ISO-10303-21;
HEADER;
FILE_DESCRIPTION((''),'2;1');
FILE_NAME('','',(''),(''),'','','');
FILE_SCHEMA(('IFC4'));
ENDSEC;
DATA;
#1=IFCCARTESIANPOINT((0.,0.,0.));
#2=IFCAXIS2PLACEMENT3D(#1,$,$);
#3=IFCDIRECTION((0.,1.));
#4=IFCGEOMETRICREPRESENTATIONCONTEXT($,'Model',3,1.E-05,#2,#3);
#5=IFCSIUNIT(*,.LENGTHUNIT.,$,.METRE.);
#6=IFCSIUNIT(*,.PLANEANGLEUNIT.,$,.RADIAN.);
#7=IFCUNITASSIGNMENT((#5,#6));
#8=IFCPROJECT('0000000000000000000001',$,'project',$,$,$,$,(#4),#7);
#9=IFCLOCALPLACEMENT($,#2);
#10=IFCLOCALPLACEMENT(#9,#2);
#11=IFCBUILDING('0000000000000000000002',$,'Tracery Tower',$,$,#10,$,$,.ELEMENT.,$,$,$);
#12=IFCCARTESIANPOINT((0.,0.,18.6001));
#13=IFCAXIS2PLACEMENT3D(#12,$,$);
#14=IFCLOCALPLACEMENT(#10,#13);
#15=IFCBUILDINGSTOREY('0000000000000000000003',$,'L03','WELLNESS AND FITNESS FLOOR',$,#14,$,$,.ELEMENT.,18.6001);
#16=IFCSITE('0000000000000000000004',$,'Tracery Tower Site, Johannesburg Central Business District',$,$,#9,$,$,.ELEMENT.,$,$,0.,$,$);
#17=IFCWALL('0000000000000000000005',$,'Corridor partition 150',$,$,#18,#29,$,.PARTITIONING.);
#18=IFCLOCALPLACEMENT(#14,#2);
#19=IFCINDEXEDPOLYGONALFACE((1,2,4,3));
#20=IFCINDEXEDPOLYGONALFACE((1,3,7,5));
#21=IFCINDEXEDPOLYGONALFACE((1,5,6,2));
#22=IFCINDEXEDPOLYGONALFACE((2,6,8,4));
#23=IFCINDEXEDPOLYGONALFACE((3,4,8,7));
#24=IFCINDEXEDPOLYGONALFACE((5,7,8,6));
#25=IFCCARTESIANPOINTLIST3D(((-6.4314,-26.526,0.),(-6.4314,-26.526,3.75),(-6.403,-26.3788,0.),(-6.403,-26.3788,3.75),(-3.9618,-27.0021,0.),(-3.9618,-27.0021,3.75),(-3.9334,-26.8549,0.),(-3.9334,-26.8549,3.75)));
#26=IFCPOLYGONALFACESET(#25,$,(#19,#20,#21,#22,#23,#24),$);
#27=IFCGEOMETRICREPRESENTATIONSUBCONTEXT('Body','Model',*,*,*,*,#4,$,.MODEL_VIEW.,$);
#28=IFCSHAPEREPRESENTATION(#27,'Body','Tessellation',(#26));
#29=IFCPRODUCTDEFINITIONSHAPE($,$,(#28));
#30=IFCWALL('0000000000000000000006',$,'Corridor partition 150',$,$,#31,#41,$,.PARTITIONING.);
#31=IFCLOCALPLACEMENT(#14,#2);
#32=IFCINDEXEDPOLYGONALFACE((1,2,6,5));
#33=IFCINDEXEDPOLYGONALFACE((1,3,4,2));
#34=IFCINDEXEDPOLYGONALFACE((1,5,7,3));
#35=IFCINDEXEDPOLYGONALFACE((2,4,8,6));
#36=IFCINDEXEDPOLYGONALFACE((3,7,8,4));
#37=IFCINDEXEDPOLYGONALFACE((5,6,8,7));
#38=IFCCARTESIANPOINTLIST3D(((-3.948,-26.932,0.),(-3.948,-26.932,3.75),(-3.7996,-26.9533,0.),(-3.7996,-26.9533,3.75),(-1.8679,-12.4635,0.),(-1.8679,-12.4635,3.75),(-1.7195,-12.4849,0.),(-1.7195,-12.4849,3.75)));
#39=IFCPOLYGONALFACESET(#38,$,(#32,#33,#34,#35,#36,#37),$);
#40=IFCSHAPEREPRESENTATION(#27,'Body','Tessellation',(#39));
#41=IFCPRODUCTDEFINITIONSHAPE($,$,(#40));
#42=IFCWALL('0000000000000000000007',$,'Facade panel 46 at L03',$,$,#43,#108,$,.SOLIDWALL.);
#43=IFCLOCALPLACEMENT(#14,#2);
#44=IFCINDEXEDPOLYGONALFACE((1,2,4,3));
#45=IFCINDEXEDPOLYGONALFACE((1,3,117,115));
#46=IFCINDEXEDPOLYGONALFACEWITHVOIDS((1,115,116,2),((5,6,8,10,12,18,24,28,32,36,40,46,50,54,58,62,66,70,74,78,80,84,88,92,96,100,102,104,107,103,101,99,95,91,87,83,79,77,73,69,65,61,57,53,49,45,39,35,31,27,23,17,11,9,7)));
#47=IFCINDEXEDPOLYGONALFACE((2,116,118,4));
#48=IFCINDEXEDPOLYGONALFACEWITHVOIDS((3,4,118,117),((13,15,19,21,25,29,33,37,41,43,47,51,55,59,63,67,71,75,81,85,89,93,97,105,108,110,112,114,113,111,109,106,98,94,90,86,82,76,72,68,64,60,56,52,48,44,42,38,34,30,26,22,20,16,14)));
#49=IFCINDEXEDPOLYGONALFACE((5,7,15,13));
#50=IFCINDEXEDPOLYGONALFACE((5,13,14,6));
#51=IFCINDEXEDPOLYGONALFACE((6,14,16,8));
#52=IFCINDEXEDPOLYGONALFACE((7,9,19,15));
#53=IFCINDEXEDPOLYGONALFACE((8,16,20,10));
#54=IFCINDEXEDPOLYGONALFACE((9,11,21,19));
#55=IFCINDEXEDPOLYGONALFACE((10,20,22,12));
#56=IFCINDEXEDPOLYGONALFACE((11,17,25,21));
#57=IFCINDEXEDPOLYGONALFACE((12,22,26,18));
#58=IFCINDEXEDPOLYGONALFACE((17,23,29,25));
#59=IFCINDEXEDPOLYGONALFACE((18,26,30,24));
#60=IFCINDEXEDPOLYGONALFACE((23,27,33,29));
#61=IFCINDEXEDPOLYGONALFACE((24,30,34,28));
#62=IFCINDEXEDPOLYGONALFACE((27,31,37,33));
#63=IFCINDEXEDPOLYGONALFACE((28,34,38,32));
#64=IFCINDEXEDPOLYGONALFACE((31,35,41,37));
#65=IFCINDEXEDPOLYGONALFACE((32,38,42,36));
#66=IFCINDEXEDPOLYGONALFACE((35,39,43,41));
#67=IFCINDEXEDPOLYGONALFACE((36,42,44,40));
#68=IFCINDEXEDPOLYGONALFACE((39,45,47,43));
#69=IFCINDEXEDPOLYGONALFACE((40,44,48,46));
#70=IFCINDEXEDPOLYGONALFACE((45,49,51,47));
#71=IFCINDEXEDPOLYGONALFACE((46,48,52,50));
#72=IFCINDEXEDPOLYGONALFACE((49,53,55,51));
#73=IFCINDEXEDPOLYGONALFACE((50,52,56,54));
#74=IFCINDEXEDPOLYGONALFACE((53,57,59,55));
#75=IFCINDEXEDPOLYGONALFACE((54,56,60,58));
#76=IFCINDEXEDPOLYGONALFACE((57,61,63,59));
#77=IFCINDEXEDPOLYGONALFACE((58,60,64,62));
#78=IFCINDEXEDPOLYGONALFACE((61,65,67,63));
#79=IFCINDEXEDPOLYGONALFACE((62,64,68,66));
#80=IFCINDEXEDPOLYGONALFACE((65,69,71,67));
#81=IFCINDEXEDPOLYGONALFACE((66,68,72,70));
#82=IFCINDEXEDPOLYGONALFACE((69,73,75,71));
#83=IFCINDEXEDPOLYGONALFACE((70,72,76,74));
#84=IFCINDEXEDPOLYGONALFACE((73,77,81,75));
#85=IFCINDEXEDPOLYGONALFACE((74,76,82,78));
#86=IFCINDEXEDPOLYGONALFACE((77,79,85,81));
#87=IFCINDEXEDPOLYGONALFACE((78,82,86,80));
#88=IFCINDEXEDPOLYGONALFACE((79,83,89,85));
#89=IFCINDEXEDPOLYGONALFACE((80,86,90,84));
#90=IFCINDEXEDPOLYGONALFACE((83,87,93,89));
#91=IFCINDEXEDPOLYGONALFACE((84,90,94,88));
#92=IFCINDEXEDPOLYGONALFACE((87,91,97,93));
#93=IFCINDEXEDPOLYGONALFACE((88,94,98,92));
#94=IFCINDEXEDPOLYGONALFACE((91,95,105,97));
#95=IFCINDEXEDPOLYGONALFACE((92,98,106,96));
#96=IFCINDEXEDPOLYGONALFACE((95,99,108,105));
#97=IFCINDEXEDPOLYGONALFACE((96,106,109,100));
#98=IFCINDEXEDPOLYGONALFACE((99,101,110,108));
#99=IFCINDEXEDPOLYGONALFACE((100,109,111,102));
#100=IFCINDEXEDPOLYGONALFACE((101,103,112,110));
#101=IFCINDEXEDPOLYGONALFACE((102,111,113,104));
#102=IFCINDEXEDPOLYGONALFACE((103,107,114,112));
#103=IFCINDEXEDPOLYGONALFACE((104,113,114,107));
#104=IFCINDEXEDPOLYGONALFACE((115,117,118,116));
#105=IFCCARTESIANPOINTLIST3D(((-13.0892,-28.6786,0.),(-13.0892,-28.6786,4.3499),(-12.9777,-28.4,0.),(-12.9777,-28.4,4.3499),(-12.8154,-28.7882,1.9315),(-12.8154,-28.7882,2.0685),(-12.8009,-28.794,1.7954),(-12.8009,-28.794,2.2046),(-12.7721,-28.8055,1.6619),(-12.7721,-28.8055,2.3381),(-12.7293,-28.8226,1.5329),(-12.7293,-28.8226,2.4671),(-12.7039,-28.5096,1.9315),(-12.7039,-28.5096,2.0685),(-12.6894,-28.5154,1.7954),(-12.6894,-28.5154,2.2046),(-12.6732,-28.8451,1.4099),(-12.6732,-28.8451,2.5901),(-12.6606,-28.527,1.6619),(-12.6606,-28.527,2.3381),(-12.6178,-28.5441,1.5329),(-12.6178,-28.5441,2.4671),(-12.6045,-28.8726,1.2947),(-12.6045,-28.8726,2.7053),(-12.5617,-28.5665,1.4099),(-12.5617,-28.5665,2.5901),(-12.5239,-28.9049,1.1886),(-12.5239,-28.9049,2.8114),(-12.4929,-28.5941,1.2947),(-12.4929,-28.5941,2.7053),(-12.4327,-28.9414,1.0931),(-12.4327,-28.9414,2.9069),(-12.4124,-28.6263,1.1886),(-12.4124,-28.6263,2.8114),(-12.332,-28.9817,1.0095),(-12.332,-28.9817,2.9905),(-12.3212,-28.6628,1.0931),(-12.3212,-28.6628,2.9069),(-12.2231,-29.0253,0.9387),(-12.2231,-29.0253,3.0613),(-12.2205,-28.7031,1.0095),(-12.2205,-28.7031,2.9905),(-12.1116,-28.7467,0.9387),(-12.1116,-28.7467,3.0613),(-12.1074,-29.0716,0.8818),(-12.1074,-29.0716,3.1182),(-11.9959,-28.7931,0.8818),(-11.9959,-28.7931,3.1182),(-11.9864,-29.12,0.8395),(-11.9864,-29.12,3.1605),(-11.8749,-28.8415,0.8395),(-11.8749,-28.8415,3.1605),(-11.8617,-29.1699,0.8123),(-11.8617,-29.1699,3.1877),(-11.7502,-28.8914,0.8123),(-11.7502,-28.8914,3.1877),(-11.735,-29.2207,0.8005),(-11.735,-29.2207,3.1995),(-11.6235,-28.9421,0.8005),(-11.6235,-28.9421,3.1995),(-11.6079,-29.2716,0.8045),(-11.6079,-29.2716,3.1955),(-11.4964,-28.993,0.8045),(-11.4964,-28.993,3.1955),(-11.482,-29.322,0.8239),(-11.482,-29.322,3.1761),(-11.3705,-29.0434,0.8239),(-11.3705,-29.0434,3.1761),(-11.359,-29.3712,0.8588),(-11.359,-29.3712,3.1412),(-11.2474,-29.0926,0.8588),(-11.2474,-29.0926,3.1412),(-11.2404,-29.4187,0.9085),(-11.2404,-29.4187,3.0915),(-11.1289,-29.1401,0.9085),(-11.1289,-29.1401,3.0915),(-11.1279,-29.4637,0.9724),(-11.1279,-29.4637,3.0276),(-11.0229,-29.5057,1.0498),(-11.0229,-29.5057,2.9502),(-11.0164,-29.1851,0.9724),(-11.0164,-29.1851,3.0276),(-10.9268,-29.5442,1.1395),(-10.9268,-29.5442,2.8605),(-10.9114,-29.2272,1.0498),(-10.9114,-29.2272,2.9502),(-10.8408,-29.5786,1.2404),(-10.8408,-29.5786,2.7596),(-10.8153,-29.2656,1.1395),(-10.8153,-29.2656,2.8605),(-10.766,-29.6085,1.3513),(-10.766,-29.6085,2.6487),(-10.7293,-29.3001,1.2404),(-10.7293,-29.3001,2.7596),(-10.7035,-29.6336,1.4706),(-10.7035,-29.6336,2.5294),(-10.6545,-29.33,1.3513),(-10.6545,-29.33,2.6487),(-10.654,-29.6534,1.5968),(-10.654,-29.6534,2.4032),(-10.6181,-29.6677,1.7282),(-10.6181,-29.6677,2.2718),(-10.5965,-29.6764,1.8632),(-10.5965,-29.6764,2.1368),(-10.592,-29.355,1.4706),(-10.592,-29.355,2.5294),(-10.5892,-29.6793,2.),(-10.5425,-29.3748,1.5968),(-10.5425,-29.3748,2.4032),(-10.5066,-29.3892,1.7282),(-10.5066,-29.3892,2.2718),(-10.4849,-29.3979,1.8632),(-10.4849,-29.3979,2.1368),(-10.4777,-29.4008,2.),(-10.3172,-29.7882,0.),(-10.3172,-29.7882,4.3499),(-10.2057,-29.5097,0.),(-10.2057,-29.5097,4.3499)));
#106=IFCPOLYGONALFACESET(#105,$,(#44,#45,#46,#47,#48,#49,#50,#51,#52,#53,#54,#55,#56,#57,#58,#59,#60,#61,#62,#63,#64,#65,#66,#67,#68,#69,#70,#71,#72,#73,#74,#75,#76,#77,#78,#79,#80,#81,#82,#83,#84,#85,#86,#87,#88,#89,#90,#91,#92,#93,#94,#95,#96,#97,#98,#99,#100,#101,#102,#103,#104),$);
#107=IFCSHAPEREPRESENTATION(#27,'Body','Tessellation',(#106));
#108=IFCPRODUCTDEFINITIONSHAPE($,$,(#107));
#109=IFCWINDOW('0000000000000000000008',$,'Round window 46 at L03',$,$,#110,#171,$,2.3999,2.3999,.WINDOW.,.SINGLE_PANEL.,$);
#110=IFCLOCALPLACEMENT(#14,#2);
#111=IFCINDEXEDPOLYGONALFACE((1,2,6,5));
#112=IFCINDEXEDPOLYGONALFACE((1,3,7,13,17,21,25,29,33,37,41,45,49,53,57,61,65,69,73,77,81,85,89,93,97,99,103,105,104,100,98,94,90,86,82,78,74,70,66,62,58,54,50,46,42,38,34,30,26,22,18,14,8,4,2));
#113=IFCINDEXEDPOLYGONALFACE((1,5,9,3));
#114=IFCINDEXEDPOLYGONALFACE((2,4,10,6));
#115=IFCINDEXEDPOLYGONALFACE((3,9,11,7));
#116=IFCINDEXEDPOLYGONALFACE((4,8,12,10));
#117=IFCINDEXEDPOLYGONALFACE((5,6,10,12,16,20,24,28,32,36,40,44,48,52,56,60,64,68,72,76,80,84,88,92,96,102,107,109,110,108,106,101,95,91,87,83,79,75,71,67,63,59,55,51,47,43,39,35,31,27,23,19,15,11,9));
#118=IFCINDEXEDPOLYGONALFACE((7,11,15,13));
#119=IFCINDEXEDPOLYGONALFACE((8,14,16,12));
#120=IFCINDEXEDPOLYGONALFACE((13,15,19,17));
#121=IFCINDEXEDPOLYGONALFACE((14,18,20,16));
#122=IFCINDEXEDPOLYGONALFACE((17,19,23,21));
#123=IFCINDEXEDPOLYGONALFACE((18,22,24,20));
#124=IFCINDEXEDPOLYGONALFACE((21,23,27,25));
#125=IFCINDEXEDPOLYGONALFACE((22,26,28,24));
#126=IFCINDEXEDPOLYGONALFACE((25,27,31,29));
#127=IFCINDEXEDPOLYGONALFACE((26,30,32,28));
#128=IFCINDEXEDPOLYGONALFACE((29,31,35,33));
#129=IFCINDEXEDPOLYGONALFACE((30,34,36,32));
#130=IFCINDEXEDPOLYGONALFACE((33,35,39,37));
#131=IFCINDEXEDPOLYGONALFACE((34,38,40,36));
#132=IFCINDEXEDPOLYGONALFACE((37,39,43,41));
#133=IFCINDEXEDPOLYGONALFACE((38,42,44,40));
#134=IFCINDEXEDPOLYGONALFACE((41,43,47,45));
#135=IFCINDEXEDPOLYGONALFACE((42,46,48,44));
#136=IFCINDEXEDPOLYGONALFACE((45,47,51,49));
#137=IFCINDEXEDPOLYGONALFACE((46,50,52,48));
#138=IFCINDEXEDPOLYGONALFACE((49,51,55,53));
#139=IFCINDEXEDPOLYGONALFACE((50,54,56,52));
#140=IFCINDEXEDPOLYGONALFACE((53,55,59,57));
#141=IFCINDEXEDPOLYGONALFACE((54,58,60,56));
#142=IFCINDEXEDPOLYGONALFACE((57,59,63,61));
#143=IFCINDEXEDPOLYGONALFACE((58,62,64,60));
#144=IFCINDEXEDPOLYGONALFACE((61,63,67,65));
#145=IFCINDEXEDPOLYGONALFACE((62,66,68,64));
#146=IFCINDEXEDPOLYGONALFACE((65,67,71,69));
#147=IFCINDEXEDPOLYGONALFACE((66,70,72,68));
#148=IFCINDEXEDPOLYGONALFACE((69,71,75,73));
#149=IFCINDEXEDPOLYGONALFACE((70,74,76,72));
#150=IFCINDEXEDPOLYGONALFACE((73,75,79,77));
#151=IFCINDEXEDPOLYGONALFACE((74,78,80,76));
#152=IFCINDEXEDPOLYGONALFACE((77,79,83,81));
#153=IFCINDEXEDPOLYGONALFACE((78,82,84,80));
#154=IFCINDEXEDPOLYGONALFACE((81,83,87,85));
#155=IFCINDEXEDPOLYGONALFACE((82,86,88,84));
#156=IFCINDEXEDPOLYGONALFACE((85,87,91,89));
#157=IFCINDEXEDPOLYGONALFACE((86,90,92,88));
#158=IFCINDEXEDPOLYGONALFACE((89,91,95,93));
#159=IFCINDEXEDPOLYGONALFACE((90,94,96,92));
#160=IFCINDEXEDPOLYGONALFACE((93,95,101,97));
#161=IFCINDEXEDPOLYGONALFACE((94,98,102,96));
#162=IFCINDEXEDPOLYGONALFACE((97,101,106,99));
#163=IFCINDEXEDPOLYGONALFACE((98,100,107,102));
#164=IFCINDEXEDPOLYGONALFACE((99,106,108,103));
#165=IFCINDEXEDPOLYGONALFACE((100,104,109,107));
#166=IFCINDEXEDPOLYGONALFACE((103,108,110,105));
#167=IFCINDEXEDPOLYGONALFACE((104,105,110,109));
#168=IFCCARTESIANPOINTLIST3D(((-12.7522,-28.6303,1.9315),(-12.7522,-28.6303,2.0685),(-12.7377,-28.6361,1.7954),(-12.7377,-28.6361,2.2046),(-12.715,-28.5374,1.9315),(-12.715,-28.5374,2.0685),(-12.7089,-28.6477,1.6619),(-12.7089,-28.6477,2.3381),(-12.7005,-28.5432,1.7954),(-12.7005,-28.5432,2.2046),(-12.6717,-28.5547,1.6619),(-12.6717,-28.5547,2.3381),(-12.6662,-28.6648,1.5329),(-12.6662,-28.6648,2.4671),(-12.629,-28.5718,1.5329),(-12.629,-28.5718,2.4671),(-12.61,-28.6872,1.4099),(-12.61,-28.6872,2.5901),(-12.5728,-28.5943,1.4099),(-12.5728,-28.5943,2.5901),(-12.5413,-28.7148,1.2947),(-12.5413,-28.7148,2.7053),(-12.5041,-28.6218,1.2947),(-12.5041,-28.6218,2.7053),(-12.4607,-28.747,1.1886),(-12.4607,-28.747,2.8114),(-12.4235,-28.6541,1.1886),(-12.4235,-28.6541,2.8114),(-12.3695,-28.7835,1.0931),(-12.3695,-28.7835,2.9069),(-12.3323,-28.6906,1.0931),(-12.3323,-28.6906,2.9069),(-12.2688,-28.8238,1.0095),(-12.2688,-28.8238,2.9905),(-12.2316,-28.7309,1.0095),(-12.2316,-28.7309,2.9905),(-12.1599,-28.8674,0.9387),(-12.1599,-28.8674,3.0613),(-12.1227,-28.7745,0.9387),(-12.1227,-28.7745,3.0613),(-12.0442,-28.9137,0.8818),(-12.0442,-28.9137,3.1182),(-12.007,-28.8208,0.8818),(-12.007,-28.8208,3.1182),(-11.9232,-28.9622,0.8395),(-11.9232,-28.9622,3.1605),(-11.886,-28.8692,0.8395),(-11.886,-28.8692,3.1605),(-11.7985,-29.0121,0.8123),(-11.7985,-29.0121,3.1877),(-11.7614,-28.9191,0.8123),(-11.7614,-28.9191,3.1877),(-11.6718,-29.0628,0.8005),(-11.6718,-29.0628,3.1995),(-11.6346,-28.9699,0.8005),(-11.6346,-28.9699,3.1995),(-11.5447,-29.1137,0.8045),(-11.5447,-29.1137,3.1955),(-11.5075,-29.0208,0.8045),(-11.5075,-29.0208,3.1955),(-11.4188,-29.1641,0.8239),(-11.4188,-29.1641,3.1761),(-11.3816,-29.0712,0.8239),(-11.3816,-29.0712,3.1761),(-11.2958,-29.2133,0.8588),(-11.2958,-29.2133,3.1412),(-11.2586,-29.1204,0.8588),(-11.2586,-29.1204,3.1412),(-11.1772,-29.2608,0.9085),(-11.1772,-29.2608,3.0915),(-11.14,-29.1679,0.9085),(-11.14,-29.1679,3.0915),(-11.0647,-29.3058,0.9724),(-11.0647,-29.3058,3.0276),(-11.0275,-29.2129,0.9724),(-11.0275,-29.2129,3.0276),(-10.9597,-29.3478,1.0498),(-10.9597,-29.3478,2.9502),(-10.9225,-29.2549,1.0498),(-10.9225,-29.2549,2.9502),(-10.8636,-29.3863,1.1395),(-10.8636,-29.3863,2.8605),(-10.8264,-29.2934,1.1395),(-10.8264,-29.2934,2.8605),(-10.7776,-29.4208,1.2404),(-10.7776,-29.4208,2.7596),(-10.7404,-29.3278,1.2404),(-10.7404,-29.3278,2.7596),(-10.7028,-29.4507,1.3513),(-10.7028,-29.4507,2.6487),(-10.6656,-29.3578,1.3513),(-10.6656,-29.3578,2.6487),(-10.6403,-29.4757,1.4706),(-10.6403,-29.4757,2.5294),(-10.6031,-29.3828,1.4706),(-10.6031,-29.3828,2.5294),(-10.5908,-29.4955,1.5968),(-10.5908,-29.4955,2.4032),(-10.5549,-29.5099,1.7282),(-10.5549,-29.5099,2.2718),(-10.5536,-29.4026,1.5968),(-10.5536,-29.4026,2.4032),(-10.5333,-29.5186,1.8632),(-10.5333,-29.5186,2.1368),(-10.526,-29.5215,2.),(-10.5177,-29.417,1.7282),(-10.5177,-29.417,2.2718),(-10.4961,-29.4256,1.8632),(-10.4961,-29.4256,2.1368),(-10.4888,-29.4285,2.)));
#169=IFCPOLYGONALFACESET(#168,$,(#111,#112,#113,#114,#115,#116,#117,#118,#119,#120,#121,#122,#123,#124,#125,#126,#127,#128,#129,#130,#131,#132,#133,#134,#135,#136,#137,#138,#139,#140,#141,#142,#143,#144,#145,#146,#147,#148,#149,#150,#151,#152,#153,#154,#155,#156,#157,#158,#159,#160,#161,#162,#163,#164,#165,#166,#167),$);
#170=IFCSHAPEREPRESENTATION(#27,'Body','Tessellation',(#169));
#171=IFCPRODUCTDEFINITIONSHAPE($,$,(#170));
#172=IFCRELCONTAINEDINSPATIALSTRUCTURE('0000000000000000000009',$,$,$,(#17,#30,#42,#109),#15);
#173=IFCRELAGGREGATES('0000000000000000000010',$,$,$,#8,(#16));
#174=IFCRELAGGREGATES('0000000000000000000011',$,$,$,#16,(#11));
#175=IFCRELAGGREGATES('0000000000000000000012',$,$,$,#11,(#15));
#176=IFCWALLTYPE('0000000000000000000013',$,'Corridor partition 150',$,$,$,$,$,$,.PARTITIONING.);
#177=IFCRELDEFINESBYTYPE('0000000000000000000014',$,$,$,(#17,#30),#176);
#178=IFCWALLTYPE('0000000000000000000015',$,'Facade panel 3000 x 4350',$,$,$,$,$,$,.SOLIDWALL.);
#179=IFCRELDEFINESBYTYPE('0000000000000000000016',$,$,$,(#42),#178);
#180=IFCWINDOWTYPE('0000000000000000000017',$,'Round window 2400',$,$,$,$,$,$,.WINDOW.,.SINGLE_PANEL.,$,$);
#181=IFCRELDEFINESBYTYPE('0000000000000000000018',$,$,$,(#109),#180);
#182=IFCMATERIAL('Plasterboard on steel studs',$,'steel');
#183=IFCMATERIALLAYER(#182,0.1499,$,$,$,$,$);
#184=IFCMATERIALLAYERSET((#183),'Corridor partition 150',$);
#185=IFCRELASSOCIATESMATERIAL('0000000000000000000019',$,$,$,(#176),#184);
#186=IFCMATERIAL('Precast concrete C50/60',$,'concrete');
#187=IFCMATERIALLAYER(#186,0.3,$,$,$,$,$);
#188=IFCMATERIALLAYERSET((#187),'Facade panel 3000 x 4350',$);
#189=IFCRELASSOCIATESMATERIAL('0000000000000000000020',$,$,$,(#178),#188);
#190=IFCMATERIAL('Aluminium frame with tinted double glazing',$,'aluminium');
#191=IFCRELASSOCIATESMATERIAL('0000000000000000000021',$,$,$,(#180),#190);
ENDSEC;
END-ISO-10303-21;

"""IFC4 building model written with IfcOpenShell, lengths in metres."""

from ifc_helpers import new_model, si_unit, direction, frame, frame_2d, origin, origin_2d, place, context, subcontext, project, spatial, rectangle, circle, extrude, material, layer, layer_set, type_object, element, fill, save


model = new_model("IFC4")

# Units and contexts
model_context = context("Model", 3, precision=1e-05, world=origin(), true_north=direction((0.0, 1.0)))
body_context = subcontext(model_context, "Body", "Model", "MODEL_VIEW")
ifc_project = project(units=[si_unit("LENGTHUNIT", "METRE"), si_unit("PLANEANGLEUNIT", "RADIAN")], contexts=[model_context])

# Site, building, storey
site_placement = place(None, origin())
site = spatial("IfcSite", under=ifc_project, at=site_placement, Name="Tracery Tower Site, Johannesburg Central Business District", CompositionType="ELEMENT", RefElevation=0.0)
building_placement = place(site_placement, origin())
building = spatial("IfcBuilding", under=site, at=building_placement, Name="Tracery Tower", CompositionType="ELEMENT")
storey_placement = place(building_placement, frame((0.0, 0.0, 18.6001)))
storey = spatial("IfcBuildingStorey", under=building, at=storey_placement, Name="L03", Description="WELLNESS AND FITNESS FLOOR", CompositionType="ELEMENT", Elevation=18.6001)

# Shared definitions
ifc_material_1 = material(Name="Plasterboard on steel studs", Category="steel")
ifc_layer_1 = layer(ifc_material_1, 0.1499)
ifc_layer_set_1 = layer_set([ifc_layer_1], Name="Corridor partition 150")
wall_type_1 = type_object("IfcWallType", Name="Corridor partition 150", PredefinedType="PARTITIONING", material=ifc_layer_set_1)

# Walls
wall_1_placement = place(storey_placement, frame((-6.4172, -26.4524, 0.0), z_axis=(0.0, 0.0, 1.0), x_axis=(0.981923, -0.189279, 0.0)))
element("IfcWall", 1, at=wall_1_placement, inside=storey, type_object=wall_type_1, Name="Corridor partition 150", PredefinedType="PARTITIONING", context=body_context, shape_type="SweptSolid", body=[
    extrude(rectangle(XDim=2.5151, YDim=0.1499, at=frame_2d((1.2576, 0.0))), origin(), (0.0, 0.0, 1.0), 3.75),
])
wall_2_placement = place(storey_placement, frame((-3.8738, -26.9426, 0.0), z_axis=(0.0, 0.0, 1.0), x_axis=(0.142303, 0.989823, 0.0)))
element("IfcWall", 2, at=wall_2_placement, inside=storey, type_object=wall_type_1, Name="Corridor partition 150", PredefinedType="PARTITIONING", context=body_context, shape_type="SweptSolid", body=[
    extrude(rectangle(XDim=14.6172, YDim=0.1499, at=frame_2d((7.3086, 0.0))), origin(), (0.0, 0.0, 1.0), 3.75),
])

# Wall, opening, window
ifc_material_2 = material(Name="Precast concrete C50/60", Category="concrete")
ifc_layer_2 = layer(ifc_material_2, 0.3)
ifc_layer_set_2 = layer_set([ifc_layer_2], Name="Facade panel 3000 x 4350")
wall_type_2 = type_object("IfcWallType", Name="Facade panel 3000 x 4350", PredefinedType="SOLIDWALL", material=ifc_layer_set_2)
wall_3_placement = place(storey_placement, frame((-13.0334, -28.5393, 0.0), z_axis=(0.0, 0.0, 1.0), x_axis=(0.928381, -0.37163, 0.0)))
wall_3 = element("IfcWall", 3, at=wall_3_placement, inside=storey, type_object=wall_type_2, Name="Facade panel 46 at L03", PredefinedType="SOLIDWALL", context=body_context, shape_type="SweptSolid", body=[
    extrude(rectangle(XDim=2.9858, YDim=0.3, at=frame_2d((1.4929, 0.0))), origin(), (0.0, 0.0, 1.0), 4.3499),
])
opening_1_placement = place(wall_3_placement, frame((1.4929, 0.0, 2.0)))
opening_1 = element("IfcOpeningElement", 4, at=opening_1_placement, cuts=wall_3, PredefinedType="OPENING", context=body_context, shape_type="SweptSolid", body=[
    extrude(circle(Radius=1.2, at=origin_2d()), frame((0.0, 0.1599, 0.0), z_axis=(0.0, -1.0, 0.0), x_axis=(1.0, 0.0, 0.0)), (0.0, 0.0, 1.0), 0.3201),
])
ifc_material_3 = material(Name="Aluminium frame with tinted double glazing", Category="aluminium")
window_type = type_object("IfcWindowType", Name="Round window 2400", PartitioningType="SINGLE_PANEL", PredefinedType="WINDOW", material=ifc_material_3)
window_1_placement = place(opening_1_placement, origin())
window_1 = element("IfcWindow", 5, at=window_1_placement, inside=storey, type_object=window_type, Name="Round window 46 at L03", OverallHeight=2.3999, OverallWidth=2.3999, PartitioningType="SINGLE_PANEL", PredefinedType="WINDOW", context=body_context, shape_type="SweptSolid", body=[
    extrude(circle(Radius=1.2, at=origin_2d()), frame((0.0, 0.1201, 0.0), z_axis=(0.0, -1.0, 0.0), x_axis=(1.0, 0.0, 0.0)), (0.0, 0.0, 1.0), 0.1001),
])
fill(opening_1, window_1)

save(model, "model.ifc")
